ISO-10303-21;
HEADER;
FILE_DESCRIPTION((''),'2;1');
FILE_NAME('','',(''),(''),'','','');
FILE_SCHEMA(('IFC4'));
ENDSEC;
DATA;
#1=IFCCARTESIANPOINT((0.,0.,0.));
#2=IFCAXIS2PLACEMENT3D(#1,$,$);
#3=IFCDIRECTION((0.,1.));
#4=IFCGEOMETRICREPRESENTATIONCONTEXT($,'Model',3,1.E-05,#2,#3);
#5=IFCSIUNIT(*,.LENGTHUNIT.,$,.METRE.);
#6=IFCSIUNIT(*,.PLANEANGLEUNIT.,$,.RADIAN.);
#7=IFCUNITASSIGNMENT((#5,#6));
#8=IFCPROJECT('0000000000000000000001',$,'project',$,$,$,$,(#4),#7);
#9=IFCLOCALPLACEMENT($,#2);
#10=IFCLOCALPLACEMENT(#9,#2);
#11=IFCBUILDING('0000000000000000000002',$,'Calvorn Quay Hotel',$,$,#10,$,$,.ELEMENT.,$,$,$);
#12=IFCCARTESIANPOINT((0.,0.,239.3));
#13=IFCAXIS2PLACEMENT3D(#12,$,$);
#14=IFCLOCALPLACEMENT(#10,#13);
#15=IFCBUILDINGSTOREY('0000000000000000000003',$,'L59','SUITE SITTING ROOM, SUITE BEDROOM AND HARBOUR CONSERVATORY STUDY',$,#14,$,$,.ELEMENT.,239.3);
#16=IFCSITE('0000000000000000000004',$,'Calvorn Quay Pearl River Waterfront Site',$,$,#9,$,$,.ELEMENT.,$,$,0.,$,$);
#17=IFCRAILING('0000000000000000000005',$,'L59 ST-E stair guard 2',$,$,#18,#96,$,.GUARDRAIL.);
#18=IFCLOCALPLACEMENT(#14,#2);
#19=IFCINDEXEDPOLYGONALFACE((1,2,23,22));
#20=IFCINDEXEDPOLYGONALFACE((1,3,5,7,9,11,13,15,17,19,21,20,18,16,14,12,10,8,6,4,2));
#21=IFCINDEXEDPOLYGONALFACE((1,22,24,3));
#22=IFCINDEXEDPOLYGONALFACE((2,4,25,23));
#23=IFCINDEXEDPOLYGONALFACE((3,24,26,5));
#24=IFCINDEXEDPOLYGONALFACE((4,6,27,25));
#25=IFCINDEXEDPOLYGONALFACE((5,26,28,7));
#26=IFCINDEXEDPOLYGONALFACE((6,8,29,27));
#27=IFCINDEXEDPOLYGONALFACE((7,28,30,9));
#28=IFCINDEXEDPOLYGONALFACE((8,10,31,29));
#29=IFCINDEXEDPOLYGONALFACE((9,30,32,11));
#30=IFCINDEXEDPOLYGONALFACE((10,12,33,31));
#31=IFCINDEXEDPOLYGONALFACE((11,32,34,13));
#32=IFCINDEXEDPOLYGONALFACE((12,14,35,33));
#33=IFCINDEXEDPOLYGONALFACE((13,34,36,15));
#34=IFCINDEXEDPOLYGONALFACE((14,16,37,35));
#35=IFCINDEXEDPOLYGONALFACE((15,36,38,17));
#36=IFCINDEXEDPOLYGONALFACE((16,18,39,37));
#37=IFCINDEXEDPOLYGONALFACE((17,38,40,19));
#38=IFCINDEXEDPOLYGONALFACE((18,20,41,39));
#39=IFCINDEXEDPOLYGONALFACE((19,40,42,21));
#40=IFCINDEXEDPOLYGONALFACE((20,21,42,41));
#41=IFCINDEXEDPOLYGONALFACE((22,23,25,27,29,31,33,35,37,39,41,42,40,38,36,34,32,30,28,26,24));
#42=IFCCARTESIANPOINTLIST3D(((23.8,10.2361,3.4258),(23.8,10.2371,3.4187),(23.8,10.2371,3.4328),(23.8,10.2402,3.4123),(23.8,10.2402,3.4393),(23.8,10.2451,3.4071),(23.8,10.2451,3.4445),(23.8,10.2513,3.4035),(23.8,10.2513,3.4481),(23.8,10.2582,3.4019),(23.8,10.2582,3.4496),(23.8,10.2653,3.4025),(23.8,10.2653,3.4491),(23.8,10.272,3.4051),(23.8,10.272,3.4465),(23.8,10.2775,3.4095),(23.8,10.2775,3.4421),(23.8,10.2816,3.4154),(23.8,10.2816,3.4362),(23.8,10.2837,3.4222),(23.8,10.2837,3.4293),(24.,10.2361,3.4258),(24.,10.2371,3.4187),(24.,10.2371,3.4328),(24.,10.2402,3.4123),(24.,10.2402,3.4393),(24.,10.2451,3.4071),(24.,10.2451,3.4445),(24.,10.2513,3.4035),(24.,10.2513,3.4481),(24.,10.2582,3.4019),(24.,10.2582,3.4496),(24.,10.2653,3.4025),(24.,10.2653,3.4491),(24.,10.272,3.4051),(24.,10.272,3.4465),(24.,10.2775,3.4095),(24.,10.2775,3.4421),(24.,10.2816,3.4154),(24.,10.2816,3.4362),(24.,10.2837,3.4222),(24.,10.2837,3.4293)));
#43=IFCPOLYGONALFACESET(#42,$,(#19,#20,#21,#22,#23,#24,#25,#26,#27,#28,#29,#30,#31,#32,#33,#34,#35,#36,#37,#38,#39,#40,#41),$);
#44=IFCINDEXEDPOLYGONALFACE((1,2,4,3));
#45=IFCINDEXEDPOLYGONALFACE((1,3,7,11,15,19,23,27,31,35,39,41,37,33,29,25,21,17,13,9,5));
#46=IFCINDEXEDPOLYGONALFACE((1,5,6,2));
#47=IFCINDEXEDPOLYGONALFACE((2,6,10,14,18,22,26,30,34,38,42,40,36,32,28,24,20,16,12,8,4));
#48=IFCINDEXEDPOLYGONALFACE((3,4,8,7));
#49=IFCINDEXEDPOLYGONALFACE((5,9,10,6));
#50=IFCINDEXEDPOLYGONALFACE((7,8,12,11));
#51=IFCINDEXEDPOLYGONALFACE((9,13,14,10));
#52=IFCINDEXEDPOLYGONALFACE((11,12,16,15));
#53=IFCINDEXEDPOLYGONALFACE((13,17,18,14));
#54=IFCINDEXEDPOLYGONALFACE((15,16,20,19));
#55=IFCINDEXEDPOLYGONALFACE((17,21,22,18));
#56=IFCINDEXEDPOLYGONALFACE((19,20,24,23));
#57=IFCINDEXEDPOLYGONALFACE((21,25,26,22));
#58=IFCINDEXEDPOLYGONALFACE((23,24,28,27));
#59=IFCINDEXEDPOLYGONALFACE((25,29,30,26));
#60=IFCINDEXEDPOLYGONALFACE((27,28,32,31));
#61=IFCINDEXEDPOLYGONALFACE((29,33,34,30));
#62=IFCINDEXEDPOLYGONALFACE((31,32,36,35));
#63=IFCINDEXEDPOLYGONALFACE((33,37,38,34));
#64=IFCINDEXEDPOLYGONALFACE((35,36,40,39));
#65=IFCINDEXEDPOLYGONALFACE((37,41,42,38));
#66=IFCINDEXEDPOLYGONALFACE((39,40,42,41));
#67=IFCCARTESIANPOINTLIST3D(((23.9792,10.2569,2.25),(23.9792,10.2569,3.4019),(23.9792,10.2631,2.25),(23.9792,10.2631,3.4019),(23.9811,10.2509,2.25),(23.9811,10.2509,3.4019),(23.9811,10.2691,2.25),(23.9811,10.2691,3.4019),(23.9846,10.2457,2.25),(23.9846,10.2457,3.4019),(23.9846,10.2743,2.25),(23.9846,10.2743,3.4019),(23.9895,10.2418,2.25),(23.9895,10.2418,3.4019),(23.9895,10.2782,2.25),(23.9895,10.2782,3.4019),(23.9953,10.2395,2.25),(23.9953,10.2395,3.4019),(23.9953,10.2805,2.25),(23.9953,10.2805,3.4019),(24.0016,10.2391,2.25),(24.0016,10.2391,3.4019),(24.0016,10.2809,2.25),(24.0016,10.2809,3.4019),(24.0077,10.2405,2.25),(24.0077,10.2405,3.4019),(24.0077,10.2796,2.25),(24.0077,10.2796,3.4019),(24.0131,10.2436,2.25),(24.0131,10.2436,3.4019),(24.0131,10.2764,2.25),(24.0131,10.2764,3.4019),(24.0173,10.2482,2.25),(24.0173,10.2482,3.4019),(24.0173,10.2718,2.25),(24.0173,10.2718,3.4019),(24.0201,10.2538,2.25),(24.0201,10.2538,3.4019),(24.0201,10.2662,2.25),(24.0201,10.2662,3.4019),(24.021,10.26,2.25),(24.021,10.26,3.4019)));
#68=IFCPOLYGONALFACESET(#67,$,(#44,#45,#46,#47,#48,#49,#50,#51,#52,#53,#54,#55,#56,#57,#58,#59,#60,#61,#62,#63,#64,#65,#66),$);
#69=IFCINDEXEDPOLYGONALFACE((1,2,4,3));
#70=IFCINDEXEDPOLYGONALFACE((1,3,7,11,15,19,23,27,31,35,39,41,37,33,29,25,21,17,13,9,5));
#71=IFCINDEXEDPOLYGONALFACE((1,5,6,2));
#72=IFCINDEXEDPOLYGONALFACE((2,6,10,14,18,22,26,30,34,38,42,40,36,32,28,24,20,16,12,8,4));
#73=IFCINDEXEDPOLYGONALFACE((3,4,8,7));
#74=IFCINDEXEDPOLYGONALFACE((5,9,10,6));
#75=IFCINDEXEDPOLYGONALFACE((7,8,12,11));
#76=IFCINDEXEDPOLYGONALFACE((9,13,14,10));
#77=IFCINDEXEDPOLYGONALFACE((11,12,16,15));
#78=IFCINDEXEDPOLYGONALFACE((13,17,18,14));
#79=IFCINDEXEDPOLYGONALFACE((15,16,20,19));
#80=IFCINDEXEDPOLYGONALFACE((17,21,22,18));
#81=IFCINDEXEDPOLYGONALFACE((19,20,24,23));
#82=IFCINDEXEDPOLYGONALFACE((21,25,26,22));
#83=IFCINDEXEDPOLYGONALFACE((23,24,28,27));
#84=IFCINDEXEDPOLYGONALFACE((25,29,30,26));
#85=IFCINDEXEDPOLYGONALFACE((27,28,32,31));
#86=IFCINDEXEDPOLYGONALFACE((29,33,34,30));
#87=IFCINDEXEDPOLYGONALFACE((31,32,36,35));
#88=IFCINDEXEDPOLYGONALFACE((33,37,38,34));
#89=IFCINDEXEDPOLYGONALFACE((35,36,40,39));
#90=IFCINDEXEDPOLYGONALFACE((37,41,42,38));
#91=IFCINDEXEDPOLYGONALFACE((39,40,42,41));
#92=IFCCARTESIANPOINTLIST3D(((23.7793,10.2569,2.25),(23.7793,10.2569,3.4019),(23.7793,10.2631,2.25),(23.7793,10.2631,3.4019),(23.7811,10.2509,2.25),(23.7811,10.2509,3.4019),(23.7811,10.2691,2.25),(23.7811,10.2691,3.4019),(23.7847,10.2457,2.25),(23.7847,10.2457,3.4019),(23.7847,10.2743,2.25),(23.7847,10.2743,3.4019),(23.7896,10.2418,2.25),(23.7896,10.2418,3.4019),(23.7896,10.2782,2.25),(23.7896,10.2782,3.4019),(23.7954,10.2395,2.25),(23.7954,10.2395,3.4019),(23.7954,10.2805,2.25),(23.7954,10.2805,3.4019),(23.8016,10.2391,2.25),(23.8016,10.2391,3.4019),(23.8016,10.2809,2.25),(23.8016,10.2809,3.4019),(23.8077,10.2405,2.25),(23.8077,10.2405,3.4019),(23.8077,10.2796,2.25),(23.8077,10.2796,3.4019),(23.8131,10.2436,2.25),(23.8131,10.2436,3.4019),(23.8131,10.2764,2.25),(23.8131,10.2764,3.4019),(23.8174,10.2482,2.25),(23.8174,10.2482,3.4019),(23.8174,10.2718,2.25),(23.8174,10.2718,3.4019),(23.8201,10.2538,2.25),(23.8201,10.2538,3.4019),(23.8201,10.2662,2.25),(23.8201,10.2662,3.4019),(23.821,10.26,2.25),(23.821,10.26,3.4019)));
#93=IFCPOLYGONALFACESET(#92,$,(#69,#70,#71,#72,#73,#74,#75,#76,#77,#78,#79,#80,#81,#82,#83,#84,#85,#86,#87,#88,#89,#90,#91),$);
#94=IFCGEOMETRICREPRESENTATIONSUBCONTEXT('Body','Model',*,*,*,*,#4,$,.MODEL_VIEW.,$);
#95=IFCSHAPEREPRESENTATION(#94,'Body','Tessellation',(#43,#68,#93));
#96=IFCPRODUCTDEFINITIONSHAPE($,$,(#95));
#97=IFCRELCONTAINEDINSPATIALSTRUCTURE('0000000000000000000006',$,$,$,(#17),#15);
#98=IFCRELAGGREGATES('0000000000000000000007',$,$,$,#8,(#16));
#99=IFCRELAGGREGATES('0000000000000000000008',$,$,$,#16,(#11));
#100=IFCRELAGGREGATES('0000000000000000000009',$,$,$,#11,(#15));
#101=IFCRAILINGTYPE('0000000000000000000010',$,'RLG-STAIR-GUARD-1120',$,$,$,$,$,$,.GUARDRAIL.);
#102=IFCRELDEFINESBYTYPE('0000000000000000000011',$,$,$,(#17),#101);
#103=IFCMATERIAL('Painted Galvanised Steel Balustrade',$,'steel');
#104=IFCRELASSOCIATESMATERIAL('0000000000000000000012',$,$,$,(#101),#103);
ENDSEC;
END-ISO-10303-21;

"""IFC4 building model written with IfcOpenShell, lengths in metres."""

from ifc_helpers import new_model, si_unit, direction, frame, origin, origin_2d, place, context, subcontext, project, spatial, circle, extrude, material, type_object, element, save


model = new_model("IFC4")

# Units and contexts
model_context = context("Model", 3, precision=1e-05, world=origin(), true_north=direction((0.0, 1.0)))
body_context = subcontext(model_context, "Body", "Model", "MODEL_VIEW")
ifc_project = project(units=[si_unit("LENGTHUNIT", "METRE"), si_unit("PLANEANGLEUNIT", "RADIAN")], contexts=[model_context])

# Site, building, storey
site_placement = place(None, origin())
site = spatial("IfcSite", under=ifc_project, at=site_placement, Name="Calvorn Quay Pearl River Waterfront Site", CompositionType="ELEMENT", RefElevation=0.0)
building_placement = place(site_placement, origin())
building = spatial("IfcBuilding", under=site, at=building_placement, Name="Calvorn Quay Hotel", CompositionType="ELEMENT")
storey_placement = place(building_placement, frame((0.0, 0.0, 239.3)))
storey = spatial("IfcBuildingStorey", under=building, at=storey_placement, Name="L59", Description="SUITE SITTING ROOM, SUITE BEDROOM AND HARBOUR CONSERVATORY STUDY", CompositionType="ELEMENT", Elevation=239.3)

# Railing
ifc_material_1 = material(Name="Painted Galvanised Steel Balustrade", Category="steel")
railing_type_1 = type_object("IfcRailingType", Name="RLG-STAIR-GUARD-1120", PredefinedType="GUARDRAIL", material=ifc_material_1)
railing_1_placement = place(storey_placement, frame((24.0, 10.26, 2.25)))
element("IfcRailing", 1, at=railing_1_placement, inside=storey, type_object=railing_type_1, Name="L59 ST-E stair guard 2", PredefinedType="GUARDRAIL", context=body_context, shape_type="SweptSolid", body=[
    extrude(circle(Radius=0.0239, at=origin_2d()), frame((0.0, 0.0, 1.1758), z_axis=(-1.0, 0.0, 0.0), x_axis=(0.0, -1.0, 0.0)), (0.0, 0.0, 1.0), 0.2),
    extrude(circle(Radius=0.021, at=origin_2d()), origin(), (0.0, 0.0, 1.0), 1.1519),
    extrude(circle(Radius=0.021, at=origin_2d()), frame((-0.2, 0.0, 0.0)), (0.0, 0.0, 1.0), 1.1519),
])

save(model, "model.ifc")
